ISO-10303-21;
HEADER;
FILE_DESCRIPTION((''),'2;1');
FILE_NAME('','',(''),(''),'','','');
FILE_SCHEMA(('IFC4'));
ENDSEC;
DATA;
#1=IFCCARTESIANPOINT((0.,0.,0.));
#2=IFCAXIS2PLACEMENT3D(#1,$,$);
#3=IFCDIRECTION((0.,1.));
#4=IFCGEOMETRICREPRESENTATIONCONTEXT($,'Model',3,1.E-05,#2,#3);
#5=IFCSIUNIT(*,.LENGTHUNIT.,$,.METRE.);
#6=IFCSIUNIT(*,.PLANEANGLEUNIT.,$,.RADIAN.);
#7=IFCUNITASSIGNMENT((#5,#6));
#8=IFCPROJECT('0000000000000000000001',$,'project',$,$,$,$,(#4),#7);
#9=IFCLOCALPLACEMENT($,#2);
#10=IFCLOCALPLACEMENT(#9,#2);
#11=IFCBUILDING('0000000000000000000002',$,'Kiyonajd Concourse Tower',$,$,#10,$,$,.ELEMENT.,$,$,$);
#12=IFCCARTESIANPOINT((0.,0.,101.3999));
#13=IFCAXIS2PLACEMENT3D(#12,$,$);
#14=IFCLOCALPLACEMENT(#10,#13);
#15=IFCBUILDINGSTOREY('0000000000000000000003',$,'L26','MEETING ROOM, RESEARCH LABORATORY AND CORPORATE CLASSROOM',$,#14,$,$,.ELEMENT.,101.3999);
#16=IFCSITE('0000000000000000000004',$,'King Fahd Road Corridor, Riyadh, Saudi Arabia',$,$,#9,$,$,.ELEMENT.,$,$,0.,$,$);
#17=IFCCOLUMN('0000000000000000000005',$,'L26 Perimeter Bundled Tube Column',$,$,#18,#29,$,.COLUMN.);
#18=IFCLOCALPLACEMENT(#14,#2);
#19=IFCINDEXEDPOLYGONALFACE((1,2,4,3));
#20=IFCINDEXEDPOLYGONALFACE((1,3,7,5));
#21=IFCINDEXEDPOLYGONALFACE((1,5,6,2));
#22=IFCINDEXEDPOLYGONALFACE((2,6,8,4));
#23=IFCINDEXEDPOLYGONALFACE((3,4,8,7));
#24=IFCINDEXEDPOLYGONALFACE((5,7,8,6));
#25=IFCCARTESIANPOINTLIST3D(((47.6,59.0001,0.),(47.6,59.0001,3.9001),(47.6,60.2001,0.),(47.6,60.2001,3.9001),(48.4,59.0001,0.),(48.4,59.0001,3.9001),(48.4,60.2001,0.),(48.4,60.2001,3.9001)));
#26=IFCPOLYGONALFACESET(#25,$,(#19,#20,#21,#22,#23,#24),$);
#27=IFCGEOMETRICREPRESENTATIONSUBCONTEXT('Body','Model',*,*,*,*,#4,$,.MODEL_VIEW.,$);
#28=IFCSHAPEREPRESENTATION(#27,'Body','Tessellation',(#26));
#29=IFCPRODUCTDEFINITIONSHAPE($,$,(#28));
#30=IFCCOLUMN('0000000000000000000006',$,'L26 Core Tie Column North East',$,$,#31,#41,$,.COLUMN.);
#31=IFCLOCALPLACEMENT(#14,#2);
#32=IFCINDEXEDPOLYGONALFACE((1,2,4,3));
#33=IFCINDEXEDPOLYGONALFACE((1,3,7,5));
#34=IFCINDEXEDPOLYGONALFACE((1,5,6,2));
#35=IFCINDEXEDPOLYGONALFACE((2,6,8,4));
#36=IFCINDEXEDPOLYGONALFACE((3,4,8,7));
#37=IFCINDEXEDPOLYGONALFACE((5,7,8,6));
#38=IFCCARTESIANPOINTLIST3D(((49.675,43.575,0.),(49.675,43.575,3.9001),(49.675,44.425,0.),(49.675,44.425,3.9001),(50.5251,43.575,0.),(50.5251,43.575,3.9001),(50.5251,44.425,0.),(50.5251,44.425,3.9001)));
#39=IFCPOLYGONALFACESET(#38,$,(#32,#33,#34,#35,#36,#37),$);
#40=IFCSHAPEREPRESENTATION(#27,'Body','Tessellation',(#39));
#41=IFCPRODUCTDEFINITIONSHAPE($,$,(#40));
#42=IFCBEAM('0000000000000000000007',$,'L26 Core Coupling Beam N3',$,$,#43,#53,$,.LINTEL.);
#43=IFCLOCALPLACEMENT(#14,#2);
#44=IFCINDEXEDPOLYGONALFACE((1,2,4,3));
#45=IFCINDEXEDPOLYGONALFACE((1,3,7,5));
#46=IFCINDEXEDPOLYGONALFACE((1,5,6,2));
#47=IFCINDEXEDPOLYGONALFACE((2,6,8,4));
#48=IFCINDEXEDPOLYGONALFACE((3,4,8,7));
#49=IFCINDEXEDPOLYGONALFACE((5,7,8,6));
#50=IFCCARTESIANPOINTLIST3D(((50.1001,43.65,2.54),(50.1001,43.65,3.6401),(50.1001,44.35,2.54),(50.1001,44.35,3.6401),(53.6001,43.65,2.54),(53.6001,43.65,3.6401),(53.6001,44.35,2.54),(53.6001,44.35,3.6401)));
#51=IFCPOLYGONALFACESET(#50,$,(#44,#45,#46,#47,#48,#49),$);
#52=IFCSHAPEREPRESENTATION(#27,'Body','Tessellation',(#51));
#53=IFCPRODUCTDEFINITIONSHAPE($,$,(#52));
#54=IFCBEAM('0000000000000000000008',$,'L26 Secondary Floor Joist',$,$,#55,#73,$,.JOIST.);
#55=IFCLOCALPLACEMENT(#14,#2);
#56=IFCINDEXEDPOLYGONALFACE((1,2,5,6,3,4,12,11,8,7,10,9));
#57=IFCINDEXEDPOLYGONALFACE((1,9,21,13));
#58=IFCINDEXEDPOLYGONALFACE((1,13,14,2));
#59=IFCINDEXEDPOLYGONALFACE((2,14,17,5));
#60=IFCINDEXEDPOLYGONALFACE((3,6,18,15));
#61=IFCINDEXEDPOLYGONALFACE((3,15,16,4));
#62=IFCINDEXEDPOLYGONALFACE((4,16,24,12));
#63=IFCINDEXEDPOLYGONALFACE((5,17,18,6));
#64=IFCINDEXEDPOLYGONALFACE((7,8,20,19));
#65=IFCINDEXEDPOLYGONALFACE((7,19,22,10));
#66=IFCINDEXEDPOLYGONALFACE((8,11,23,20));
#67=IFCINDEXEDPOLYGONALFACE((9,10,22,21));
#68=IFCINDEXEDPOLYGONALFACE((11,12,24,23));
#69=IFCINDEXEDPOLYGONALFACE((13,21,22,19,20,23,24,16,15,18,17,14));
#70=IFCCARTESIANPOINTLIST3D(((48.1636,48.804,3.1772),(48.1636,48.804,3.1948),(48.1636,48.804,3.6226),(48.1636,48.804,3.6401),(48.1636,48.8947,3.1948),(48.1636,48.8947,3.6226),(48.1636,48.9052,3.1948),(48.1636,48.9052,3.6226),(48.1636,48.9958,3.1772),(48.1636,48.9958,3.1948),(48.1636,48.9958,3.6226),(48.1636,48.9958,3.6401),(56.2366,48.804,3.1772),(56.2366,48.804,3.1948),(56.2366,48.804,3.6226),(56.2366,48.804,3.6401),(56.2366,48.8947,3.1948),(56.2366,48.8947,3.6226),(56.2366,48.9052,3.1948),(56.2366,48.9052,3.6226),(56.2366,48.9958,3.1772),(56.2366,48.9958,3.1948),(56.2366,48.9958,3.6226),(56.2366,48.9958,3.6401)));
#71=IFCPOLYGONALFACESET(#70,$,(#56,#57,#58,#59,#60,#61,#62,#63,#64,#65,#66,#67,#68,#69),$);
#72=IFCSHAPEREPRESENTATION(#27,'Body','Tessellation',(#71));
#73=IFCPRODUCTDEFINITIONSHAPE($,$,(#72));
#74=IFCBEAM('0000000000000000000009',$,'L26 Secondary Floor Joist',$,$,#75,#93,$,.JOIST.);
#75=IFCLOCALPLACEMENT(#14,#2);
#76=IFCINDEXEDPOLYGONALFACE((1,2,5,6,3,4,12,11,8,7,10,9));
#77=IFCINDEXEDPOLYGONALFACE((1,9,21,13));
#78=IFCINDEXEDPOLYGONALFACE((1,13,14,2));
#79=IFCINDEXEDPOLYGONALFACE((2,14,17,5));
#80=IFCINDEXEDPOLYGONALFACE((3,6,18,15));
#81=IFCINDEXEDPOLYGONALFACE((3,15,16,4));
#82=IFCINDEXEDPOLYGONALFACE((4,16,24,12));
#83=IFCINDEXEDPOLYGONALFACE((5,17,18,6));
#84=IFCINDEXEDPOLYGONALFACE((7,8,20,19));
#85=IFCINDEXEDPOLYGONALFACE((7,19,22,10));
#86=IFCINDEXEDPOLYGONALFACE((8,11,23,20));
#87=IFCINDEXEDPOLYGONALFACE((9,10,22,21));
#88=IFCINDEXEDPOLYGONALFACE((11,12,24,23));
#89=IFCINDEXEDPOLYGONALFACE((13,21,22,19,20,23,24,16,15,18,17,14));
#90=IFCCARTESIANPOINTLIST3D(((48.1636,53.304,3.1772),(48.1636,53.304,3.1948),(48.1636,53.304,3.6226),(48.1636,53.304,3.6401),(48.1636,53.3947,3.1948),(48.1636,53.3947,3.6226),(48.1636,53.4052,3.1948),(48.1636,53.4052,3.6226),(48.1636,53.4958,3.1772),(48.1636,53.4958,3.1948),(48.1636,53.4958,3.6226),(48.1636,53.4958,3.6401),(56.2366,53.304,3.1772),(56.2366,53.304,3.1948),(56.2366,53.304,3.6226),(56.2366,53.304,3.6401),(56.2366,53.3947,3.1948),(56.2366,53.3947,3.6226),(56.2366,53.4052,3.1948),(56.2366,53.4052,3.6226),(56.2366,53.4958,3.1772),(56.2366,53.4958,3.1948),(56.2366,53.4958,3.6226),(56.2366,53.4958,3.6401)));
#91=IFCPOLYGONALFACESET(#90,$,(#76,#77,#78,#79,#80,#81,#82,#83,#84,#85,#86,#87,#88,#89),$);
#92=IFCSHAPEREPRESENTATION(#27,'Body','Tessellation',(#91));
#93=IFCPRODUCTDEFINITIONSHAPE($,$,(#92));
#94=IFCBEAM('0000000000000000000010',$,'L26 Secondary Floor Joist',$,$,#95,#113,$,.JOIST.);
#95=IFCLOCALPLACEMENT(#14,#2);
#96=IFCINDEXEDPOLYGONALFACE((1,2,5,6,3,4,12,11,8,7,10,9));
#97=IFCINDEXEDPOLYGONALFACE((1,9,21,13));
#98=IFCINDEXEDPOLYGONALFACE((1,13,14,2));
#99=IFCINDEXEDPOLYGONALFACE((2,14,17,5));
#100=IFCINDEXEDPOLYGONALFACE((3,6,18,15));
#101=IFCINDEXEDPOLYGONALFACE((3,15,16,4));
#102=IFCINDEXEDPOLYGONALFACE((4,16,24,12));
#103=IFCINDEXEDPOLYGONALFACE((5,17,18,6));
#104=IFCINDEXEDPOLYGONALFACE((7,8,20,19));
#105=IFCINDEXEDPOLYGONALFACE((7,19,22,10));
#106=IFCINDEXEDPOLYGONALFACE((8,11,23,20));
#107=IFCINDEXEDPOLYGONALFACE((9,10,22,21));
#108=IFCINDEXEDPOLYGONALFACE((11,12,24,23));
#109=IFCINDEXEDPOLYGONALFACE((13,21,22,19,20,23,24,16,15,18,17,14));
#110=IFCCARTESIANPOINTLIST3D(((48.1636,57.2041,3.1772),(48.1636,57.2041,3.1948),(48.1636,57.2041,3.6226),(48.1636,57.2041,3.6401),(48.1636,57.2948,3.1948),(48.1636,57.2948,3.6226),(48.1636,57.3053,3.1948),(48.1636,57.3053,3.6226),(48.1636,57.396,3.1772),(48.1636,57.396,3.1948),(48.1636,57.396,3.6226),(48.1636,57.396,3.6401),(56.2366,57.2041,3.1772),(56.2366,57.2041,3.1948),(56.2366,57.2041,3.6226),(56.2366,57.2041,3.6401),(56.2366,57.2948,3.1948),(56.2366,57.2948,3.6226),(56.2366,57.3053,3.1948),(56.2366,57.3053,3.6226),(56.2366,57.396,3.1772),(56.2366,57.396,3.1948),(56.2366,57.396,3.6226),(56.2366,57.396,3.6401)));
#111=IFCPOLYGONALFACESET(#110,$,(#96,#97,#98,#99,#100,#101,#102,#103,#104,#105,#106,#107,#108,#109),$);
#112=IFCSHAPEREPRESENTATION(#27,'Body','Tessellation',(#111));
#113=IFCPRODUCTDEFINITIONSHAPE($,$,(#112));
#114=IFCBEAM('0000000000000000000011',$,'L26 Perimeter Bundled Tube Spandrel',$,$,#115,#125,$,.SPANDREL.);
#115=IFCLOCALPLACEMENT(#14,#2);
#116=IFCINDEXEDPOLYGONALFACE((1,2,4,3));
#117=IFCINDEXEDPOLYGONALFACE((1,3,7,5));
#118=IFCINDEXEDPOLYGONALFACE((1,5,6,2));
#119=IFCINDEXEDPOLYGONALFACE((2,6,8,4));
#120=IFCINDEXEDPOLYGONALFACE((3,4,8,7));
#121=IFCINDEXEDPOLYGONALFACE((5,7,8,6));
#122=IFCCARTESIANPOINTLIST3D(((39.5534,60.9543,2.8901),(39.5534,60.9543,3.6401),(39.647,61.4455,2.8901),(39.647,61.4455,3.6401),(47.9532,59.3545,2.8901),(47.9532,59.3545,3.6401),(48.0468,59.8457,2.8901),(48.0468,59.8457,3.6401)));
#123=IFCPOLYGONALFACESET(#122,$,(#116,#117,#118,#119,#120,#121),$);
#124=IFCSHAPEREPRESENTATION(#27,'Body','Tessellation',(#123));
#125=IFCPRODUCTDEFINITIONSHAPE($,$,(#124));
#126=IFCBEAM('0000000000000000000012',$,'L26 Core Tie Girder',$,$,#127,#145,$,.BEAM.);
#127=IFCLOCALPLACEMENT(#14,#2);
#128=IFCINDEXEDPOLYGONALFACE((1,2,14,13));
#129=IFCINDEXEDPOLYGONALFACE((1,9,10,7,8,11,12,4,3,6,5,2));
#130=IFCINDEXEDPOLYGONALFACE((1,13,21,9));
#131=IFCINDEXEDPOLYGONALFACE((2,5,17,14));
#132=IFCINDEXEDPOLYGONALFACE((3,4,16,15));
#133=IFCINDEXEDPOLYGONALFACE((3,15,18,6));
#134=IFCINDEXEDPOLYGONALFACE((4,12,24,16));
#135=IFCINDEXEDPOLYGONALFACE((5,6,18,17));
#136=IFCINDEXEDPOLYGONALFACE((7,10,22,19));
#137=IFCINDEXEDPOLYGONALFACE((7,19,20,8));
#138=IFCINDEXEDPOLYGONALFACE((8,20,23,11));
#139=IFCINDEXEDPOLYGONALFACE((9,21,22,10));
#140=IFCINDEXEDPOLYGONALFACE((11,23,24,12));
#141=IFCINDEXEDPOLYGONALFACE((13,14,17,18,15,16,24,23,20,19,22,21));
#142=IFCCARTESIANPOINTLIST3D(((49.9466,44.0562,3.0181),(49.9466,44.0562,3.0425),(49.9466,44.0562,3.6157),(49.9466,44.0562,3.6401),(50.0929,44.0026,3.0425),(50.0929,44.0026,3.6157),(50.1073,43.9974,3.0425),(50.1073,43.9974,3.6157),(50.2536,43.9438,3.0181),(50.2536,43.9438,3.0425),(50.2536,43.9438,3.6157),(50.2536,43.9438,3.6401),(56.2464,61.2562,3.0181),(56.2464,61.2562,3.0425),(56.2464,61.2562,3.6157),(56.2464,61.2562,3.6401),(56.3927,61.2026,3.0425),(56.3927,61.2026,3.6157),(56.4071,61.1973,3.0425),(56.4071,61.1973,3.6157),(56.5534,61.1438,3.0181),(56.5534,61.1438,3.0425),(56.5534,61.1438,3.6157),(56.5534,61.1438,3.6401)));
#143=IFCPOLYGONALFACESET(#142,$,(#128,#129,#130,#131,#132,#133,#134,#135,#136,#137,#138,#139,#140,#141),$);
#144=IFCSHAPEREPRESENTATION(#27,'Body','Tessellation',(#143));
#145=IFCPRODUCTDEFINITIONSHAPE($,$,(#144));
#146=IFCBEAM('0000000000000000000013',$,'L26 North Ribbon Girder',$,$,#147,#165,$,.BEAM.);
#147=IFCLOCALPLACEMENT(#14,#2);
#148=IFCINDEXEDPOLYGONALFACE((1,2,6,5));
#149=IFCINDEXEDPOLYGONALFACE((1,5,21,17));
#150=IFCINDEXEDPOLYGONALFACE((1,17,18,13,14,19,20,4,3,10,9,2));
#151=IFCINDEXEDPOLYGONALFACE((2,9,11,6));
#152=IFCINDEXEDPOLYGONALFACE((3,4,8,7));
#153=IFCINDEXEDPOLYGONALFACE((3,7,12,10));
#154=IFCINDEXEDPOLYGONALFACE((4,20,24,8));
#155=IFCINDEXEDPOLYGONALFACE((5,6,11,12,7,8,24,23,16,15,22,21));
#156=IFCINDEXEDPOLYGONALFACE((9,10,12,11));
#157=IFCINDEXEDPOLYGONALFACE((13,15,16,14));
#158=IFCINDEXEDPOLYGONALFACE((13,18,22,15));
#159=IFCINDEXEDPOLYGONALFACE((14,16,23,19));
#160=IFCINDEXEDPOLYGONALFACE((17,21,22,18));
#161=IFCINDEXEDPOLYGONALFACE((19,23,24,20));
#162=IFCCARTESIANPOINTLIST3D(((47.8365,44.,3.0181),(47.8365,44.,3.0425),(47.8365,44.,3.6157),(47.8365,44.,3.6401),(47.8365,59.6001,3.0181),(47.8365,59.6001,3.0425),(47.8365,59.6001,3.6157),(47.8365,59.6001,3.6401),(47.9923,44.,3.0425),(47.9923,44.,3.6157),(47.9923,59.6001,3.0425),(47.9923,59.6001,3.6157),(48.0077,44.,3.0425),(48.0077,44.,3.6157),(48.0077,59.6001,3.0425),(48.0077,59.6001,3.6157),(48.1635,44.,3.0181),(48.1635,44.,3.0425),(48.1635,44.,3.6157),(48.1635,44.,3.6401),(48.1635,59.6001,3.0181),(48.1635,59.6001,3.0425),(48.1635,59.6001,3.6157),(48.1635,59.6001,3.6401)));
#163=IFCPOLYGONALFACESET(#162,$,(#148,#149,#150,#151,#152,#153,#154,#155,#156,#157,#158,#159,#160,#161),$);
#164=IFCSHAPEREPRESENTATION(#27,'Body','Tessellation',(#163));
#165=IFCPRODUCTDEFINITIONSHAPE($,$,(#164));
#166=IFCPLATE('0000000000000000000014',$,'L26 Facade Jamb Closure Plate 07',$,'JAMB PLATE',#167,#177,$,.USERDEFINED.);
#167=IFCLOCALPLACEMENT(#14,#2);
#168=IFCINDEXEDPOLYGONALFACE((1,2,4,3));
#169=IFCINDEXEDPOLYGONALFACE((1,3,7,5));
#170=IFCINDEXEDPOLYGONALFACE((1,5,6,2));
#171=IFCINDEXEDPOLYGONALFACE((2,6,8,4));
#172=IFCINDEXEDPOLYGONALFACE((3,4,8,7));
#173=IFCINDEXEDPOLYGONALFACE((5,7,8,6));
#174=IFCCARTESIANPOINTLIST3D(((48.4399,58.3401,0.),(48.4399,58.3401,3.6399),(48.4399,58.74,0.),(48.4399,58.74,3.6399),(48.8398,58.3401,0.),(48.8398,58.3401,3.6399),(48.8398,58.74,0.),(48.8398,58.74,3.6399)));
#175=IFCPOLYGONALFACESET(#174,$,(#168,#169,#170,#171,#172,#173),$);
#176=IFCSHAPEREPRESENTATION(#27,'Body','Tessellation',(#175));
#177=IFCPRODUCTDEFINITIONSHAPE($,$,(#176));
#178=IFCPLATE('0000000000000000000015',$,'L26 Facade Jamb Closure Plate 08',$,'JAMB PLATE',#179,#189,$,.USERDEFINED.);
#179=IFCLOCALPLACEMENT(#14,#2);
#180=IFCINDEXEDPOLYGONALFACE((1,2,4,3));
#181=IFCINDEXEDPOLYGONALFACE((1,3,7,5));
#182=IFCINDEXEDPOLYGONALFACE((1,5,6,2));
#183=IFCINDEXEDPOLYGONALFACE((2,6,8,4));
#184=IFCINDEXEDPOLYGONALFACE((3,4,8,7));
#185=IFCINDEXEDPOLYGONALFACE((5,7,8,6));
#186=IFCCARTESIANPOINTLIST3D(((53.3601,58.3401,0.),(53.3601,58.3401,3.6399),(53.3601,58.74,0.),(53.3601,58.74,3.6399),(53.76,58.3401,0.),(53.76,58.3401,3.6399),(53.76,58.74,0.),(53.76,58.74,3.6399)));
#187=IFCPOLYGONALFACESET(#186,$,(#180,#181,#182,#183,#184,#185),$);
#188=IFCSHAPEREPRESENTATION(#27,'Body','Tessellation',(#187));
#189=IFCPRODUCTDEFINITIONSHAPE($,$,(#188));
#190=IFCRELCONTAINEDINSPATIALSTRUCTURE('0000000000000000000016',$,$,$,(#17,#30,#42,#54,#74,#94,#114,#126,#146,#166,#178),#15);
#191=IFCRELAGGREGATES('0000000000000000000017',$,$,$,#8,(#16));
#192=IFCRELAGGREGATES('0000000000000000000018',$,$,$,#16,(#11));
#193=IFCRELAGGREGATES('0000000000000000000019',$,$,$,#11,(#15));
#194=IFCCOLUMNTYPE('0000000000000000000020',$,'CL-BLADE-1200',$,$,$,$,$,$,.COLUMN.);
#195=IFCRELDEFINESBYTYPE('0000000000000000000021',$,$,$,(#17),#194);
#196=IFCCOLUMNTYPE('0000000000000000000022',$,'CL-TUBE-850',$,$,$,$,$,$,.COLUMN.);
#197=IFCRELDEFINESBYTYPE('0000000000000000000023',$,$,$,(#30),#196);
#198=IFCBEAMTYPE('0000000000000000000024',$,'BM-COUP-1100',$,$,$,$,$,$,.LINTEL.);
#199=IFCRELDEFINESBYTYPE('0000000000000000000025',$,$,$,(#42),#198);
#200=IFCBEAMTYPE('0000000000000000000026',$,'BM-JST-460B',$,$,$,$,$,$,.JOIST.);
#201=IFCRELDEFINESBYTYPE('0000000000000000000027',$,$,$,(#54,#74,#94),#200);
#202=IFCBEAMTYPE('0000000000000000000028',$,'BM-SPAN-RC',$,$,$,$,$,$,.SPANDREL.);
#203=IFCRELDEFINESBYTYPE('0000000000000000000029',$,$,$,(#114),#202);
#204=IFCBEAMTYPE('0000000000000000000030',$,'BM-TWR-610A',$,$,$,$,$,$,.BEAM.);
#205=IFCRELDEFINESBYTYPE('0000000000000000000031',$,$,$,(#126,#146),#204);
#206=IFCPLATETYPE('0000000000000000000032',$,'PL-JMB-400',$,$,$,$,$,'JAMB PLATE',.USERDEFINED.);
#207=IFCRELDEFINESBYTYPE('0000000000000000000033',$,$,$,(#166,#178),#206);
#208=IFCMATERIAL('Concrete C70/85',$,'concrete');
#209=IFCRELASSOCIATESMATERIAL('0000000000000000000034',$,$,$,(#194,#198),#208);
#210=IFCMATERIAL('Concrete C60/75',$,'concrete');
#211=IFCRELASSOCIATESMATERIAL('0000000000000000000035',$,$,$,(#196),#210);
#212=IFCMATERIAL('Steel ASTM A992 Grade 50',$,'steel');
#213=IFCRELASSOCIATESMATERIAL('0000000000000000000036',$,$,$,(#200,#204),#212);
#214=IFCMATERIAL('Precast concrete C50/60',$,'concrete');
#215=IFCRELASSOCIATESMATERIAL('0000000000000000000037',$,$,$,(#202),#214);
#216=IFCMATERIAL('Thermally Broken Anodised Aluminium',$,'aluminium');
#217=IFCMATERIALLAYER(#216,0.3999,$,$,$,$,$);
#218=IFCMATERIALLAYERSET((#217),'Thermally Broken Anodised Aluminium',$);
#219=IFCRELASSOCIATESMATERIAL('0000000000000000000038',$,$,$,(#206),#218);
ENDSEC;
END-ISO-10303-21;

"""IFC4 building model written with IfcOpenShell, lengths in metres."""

from ifc_helpers import new_model, si_unit, direction, frame, origin, origin_2d, place, context, subcontext, project, spatial, rectangle, i_section, extrude, material, layer, layer_set, material_profile, profile_set, type_object, element, save


model = new_model("IFC4")

# Units and contexts
model_context = context("Model", 3, precision=1e-05, world=origin(), true_north=direction((0.0, 1.0)))
body_context = subcontext(model_context, "Body", "Model", "MODEL_VIEW")
ifc_project = project(units=[si_unit("LENGTHUNIT", "METRE"), si_unit("PLANEANGLEUNIT", "RADIAN")], contexts=[model_context])

# Site, building, storey
site_placement = place(None, origin())
site = spatial("IfcSite", under=ifc_project, at=site_placement, Name="King Fahd Road Corridor, Riyadh, Saudi Arabia", CompositionType="ELEMENT", RefElevation=0.0)
building_placement = place(site_placement, origin())
building = spatial("IfcBuilding", under=site, at=building_placement, Name="Kiyonajd Concourse Tower", CompositionType="ELEMENT")
storey_placement = place(building_placement, frame((0.0, 0.0, 101.3999)))
storey = spatial("IfcBuildingStorey", under=building, at=storey_placement, Name="L26", Description="MEETING ROOM, RESEARCH LABORATORY AND CORPORATE CLASSROOM", CompositionType="ELEMENT", Elevation=101.3999)

# Columns
ifc_material_1 = material(Name="Concrete C70/85", Category="concrete")
ifc_material_profile_1 = material_profile(ifc_material_1, rectangle(XDim=0.8, YDim=1.2, at=origin_2d()), Name="RC-1200x800")
ifc_profile_set_1 = profile_set([ifc_material_profile_1], Name="Concrete C70/85")
column_type_1 = type_object("IfcColumnType", Name="CL-BLADE-1200", PredefinedType="COLUMN", material=ifc_profile_set_1)
column_1_placement = place(storey_placement, frame((48.0, 59.6001, 0.0), z_axis=(0.0, 0.0, 1.0), x_axis=(1.0, 0.0, 0.0)))
element("IfcColumn", 1, at=column_1_placement, inside=storey, type_object=column_type_1, Name="L26 Perimeter Bundled Tube Column", PredefinedType="COLUMN", context=body_context, shape_type="SweptSolid", body=[
    extrude(rectangle(XDim=0.8, YDim=1.2, at=origin_2d()), origin(), (0.0, 0.0, 1.0), 3.9001),
])
ifc_material_2 = material(Name="Concrete C60/75", Category="concrete")
ifc_material_profile_2 = material_profile(ifc_material_2, rectangle(XDim=0.8501, YDim=0.8501, at=origin_2d()), Name="RC-850x850")
ifc_profile_set_2 = profile_set([ifc_material_profile_2], Name="Concrete C60/75")
column_type_2 = type_object("IfcColumnType", Name="CL-TUBE-850", PredefinedType="COLUMN", material=ifc_profile_set_2)
column_2_placement = place(storey_placement, frame((50.1001, 44.0, 0.0), z_axis=(0.0, 0.0, 1.0), x_axis=(1.0, 0.0, 0.0)))
element("IfcColumn", 2, at=column_2_placement, inside=storey, type_object=column_type_2, Name="L26 Core Tie Column North East", PredefinedType="COLUMN", context=body_context, shape_type="SweptSolid", body=[
    extrude(rectangle(XDim=0.8501, YDim=0.8501, at=origin_2d()), origin(), (0.0, 0.0, 1.0), 3.9001),
])

# Beams
ifc_material_profile_3 = material_profile(ifc_material_1, rectangle(XDim=0.7, YDim=1.1001, at=origin_2d()), Name="RCBM-700x1100")
ifc_profile_set_3 = profile_set([ifc_material_profile_3], Name="Concrete C70/85")
beam_type_1 = type_object("IfcBeamType", Name="BM-COUP-1100", PredefinedType="LINTEL", material=ifc_profile_set_3)
beam_1_placement = place(storey_placement, frame((50.1001, 44.0, 3.0901), z_axis=(1.0, 0.0, 0.0), x_axis=(0.0, 1.0, 0.0)))
element("IfcBeam", 3, at=beam_1_placement, inside=storey, type_object=beam_type_1, Name="L26 Core Coupling Beam N3", PredefinedType="LINTEL", context=body_context, shape_type="SweptSolid", body=[
    extrude(rectangle(XDim=0.7, YDim=1.1001, at=origin_2d()), origin(), (0.0, 0.0, 1.0), 3.5),
])
ifc_material_3 = material(Name="Steel ASTM A992 Grade 50", Category="steel")
ifc_material_profile_4 = material_profile(ifc_material_3, i_section(OverallWidth=0.1919, OverallDepth=0.4629, WebThickness=0.0105, FlangeThickness=0.0176, at=origin_2d()), Name="W460X89")
ifc_profile_set_4 = profile_set([ifc_material_profile_4], Name="Steel ASTM A992 Grade 50")
beam_type_2 = type_object("IfcBeamType", Name="BM-JST-460B", PredefinedType="JOIST", material=ifc_profile_set_4)
for number, where, z_axis, x_axis, name in (
    (4, (48.1636, 48.8999, 3.4087), (1.0, 0.0, 0.0), (0.0, 1.0, 0.0), "L26 Secondary Floor Joist"),
    (5, (48.1636, 53.3999, 3.4087), (1.0, 0.0, 0.0), (0.0, 1.0, 0.0), "L26 Secondary Floor Joist"),
    (6, (48.1636, 57.3, 3.4087), (1.0, 0.0, 0.0), (0.0, 1.0, 0.0), "L26 Secondary Floor Joist"),
):
    element("IfcBeam", number, at=place(storey_placement, frame(where, z_axis=z_axis, x_axis=x_axis)), inside=storey, type_object=beam_type_2, Name=name, PredefinedType="JOIST", context=body_context, shape_type="SweptSolid", body=[
        extrude(i_section(OverallWidth=0.1919, OverallDepth=0.4629, WebThickness=0.0105, FlangeThickness=0.0176, at=origin_2d()), origin(), (0.0, 0.0, 1.0), 8.073),
    ])
ifc_material_4 = material(Name="Precast concrete C50/60", Category="concrete")
ifc_material_profile_5 = material_profile(ifc_material_4, rectangle(XDim=0.5, YDim=0.75, at=origin_2d()), Name="RCBM-500x750")
ifc_profile_set_5 = profile_set([ifc_material_profile_5], Name="Precast concrete C50/60")
beam_type_3 = type_object("IfcBeamType", Name="BM-SPAN-RC", PredefinedType="SPANDREL", material=ifc_profile_set_5)
beam_2_placement = place(storey_placement, frame((48.0, 59.6001, 3.2651), z_axis=(-0.982341, 0.187098, 0.0), x_axis=(-0.187098, -0.982341, 0.0)))
element("IfcBeam", 7, at=beam_2_placement, inside=storey, type_object=beam_type_3, Name="L26 Perimeter Bundled Tube Spandrel", PredefinedType="SPANDREL", context=body_context, shape_type="SweptSolid", body=[
    extrude(rectangle(XDim=0.5, YDim=0.75, at=origin_2d()), origin(), (0.0, 0.0, 1.0), 8.5508),
])
ifc_material_profile_6 = material_profile(ifc_material_3, i_section(OverallWidth=0.3269, OverallDepth=0.6221, WebThickness=0.0154, FlangeThickness=0.0244, at=origin_2d()), Name="W610X195")
ifc_profile_set_6 = profile_set([ifc_material_profile_6], Name="Steel ASTM A992 Grade 50")
beam_type_4 = type_object("IfcBeamType", Name="BM-TWR-610A", PredefinedType="BEAM", material=ifc_profile_set_6)
beam_3_placement = place(storey_placement, frame((50.1001, 44.0, 3.3291), z_axis=(0.343925, 0.938997, 0.0), x_axis=(-0.938997, 0.343925, 0.0)))
element("IfcBeam", 8, at=beam_3_placement, inside=storey, type_object=beam_type_4, Name="L26 Core Tie Girder", PredefinedType="BEAM", context=body_context, shape_type="SweptSolid", body=[
    extrude(i_section(OverallWidth=0.3269, OverallDepth=0.6221, WebThickness=0.0154, FlangeThickness=0.0244, at=origin_2d()), origin(), (0.0, 0.0, 1.0), 18.3174),
])
beam_4_placement = place(storey_placement, frame((48.0, 44.0, 3.3291), z_axis=(0.0, 1.0, 0.0), x_axis=(-1.0, 0.0, 0.0)))
element("IfcBeam", 9, at=beam_4_placement, inside=storey, type_object=beam_type_4, Name="L26 North Ribbon Girder", PredefinedType="BEAM", context=body_context, shape_type="SweptSolid", body=[
    extrude(i_section(OverallWidth=0.3269, OverallDepth=0.6221, WebThickness=0.0154, FlangeThickness=0.0244, at=origin_2d()), origin(), (0.0, 0.0, 1.0), 15.6001),
])

# Plates
ifc_material_5 = material(Name="Thermally Broken Anodised Aluminium", Category="aluminium")
ifc_layer_1 = layer(ifc_material_5, 0.3999)
ifc_layer_set_1 = layer_set([ifc_layer_1], Name="Thermally Broken Anodised Aluminium")
plate_type = type_object("IfcPlateType", Name="PL-JMB-400", ElementType="JAMB PLATE", PredefinedType="USERDEFINED", material=ifc_layer_set_1)
for number, where, z_axis, x_axis, name in (
    (10, (48.6399, 58.54, 0.0), (0.0, 0.0, 1.0), (1.0, 0.0, 0.0), "L26 Facade Jamb Closure Plate 07"),
    (11, (53.5601, 58.54, 0.0), (0.0, 0.0, 1.0), (1.0, 0.0, 0.0), "L26 Facade Jamb Closure Plate 08"),
):
    element("IfcPlate", number, at=place(storey_placement, frame(where, z_axis=z_axis, x_axis=x_axis)), inside=storey, type_object=plate_type, Name=name, ObjectType="JAMB PLATE", PredefinedType="USERDEFINED", context=body_context, shape_type="SweptSolid", body=[
        extrude(rectangle(XDim=0.3999, YDim=0.3999, at=origin_2d()), origin(), (0.0, 0.0, 1.0), 3.6399),
    ])

save(model, "model.ifc")
